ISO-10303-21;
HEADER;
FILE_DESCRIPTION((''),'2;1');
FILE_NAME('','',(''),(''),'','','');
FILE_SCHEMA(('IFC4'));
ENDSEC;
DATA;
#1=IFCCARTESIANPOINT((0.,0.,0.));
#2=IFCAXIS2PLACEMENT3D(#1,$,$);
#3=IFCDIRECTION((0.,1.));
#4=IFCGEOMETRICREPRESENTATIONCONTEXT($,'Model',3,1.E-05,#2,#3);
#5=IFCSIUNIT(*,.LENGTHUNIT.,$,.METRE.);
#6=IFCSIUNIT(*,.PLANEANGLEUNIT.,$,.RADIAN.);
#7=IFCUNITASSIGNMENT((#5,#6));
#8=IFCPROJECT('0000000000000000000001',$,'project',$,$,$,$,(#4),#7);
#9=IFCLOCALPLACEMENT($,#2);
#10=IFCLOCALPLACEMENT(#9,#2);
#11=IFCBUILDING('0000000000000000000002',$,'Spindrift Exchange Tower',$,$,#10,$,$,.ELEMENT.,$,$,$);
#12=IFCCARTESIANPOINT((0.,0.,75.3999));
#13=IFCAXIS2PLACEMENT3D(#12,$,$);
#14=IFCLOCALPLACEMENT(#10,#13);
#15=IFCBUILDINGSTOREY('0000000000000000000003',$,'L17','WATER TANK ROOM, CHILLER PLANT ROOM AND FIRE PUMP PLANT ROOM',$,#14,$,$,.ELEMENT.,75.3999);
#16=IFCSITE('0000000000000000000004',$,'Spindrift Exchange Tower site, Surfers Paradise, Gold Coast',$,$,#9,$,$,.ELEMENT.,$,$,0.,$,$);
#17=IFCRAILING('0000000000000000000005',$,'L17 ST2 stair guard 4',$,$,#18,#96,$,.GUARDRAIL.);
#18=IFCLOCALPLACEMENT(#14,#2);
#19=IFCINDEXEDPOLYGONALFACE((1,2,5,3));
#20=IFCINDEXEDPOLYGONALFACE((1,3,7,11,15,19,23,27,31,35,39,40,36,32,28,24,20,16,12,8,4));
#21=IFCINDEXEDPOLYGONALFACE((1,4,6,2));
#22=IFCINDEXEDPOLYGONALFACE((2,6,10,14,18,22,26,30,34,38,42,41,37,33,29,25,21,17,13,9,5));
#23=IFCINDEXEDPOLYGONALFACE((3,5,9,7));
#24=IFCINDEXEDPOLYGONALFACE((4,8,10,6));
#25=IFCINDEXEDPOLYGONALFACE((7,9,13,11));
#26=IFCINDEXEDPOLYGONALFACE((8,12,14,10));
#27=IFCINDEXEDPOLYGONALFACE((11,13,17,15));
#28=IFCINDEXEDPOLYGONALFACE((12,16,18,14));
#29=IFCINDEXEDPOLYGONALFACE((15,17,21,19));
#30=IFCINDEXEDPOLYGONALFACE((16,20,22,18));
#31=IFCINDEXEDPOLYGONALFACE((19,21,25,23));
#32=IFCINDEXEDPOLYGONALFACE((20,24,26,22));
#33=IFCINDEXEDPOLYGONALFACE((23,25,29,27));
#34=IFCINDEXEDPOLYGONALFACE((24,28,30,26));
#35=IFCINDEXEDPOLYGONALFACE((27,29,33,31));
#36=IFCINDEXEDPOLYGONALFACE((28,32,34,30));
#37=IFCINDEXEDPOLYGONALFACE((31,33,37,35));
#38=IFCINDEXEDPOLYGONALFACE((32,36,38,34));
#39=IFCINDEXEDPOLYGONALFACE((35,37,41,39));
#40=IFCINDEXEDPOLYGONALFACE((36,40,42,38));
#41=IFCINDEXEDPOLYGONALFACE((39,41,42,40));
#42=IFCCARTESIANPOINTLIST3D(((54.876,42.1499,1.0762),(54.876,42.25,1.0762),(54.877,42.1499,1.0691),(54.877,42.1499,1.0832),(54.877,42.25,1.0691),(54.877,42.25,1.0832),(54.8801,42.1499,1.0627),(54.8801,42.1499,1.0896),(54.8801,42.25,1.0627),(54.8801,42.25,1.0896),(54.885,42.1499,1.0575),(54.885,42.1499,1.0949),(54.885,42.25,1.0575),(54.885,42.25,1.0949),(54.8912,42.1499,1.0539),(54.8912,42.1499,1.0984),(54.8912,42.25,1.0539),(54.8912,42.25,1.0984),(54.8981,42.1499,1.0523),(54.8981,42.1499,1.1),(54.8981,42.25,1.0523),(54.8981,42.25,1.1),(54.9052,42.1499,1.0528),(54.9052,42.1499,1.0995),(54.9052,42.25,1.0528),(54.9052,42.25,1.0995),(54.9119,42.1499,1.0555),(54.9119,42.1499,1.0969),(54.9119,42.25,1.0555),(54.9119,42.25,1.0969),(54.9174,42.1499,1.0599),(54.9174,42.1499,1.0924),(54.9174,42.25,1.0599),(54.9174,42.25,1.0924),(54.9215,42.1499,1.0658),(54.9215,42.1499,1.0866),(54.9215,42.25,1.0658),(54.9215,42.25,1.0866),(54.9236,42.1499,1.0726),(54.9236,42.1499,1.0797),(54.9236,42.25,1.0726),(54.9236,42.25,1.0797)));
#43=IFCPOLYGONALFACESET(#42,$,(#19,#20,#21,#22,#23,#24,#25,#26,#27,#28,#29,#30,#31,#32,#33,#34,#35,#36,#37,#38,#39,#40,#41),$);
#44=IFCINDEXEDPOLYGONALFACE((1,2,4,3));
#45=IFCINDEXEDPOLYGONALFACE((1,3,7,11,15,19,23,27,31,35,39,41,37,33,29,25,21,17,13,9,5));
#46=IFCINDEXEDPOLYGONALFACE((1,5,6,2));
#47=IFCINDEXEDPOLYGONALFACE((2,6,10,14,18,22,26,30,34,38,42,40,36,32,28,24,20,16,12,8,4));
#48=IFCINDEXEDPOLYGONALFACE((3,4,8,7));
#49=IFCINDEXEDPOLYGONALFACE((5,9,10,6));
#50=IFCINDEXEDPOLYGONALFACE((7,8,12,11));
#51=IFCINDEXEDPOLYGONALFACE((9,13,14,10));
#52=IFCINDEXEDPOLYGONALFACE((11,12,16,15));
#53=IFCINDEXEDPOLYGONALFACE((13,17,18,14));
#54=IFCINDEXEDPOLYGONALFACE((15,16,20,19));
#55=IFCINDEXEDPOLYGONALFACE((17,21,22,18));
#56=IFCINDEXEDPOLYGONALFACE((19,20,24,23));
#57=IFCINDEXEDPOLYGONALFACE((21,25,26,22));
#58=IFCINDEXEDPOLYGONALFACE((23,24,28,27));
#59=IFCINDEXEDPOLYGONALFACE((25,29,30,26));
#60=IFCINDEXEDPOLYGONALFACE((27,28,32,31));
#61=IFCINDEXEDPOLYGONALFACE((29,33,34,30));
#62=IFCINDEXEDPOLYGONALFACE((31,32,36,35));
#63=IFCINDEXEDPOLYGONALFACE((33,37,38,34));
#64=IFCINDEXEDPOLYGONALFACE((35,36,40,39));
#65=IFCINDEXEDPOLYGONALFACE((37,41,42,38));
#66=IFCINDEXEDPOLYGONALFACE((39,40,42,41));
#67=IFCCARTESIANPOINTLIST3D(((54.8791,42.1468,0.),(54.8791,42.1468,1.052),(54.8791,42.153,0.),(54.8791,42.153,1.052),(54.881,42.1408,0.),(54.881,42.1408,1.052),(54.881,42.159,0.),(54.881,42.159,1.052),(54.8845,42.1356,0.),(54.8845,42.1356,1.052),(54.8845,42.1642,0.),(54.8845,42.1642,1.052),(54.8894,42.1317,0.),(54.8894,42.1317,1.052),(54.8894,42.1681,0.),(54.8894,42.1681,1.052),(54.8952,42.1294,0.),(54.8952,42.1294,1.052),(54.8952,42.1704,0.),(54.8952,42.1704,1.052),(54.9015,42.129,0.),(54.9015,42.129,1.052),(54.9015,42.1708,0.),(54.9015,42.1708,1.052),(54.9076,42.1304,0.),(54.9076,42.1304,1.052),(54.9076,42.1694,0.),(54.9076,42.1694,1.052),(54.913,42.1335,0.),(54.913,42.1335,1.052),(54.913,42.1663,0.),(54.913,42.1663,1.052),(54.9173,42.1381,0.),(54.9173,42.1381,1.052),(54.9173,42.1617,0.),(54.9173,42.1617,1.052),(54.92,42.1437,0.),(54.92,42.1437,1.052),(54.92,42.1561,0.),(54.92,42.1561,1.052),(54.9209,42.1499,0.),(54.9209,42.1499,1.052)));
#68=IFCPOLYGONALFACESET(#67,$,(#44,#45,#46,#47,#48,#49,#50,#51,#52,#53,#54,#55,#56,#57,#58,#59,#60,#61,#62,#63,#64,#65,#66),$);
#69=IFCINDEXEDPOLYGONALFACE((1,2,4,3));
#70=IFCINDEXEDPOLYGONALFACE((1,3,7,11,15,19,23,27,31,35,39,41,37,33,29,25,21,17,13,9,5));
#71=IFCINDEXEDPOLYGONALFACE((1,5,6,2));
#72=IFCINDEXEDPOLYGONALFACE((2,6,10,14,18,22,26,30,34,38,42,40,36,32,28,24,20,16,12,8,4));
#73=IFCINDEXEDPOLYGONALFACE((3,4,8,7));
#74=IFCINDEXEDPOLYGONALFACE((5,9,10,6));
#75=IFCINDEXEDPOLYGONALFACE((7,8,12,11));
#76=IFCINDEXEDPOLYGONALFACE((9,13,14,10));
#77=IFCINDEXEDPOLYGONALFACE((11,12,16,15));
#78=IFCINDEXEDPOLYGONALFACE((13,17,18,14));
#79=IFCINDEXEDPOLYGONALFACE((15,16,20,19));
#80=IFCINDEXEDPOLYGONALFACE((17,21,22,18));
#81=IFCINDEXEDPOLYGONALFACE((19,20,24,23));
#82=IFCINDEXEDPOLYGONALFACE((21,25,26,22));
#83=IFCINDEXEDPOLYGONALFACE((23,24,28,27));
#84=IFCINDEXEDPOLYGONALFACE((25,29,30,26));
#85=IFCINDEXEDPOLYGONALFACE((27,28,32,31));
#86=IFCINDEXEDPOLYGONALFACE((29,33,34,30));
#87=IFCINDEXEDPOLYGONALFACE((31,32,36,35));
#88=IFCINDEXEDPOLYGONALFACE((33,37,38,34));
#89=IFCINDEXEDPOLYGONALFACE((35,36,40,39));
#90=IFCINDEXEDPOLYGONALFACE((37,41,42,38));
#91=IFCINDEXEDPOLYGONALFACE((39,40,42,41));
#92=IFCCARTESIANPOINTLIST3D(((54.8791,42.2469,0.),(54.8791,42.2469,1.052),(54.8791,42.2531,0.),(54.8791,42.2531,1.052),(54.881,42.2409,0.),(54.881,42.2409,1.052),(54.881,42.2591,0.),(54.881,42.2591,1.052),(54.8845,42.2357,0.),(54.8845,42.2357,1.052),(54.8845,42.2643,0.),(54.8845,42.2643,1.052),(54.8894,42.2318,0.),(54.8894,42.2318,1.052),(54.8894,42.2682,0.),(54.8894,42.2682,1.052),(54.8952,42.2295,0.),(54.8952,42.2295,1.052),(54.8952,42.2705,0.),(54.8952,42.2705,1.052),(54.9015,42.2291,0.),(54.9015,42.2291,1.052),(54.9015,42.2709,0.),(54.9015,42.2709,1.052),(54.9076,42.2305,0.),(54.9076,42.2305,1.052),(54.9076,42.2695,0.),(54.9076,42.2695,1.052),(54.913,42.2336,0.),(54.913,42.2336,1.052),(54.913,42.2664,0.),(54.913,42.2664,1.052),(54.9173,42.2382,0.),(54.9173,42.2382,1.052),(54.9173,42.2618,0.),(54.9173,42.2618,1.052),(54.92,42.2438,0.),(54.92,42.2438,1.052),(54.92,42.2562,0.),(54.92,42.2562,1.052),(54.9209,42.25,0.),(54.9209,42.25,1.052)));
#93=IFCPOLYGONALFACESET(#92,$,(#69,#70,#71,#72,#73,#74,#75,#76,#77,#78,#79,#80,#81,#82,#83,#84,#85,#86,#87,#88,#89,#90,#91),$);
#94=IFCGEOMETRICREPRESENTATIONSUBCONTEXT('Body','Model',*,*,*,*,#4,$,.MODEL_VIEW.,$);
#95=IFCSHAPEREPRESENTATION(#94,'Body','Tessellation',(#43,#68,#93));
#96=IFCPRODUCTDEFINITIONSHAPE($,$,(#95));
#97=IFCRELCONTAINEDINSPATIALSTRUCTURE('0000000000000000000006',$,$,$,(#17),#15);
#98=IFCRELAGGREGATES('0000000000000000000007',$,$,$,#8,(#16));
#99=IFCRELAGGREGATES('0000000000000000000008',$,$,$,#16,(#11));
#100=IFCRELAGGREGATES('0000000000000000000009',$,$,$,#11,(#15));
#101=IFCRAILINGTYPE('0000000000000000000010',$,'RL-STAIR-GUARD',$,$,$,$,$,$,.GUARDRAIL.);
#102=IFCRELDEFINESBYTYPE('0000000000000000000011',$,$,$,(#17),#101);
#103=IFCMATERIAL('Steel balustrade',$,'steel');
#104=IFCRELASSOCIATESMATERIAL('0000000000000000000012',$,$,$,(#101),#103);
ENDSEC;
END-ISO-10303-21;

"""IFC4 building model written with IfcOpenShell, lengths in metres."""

from ifc_helpers import new_model, si_unit, direction, frame, origin, origin_2d, place, context, subcontext, project, spatial, circle, extrude, material, type_object, element, save


model = new_model("IFC4")

# Units and contexts
model_context = context("Model", 3, precision=1e-05, world=origin(), true_north=direction((0.0, 1.0)))
body_context = subcontext(model_context, "Body", "Model", "MODEL_VIEW")
ifc_project = project(units=[si_unit("LENGTHUNIT", "METRE"), si_unit("PLANEANGLEUNIT", "RADIAN")], contexts=[model_context])

# Site, building, storey
site_placement = place(None, origin())
site = spatial("IfcSite", under=ifc_project, at=site_placement, Name="Spindrift Exchange Tower site, Surfers Paradise, Gold Coast", CompositionType="ELEMENT", RefElevation=0.0)
building_placement = place(site_placement, origin())
building = spatial("IfcBuilding", under=site, at=building_placement, Name="Spindrift Exchange Tower", CompositionType="ELEMENT")
storey_placement = place(building_placement, frame((0.0, 0.0, 75.3999)))
storey = spatial("IfcBuildingStorey", under=building, at=storey_placement, Name="L17", Description="WATER TANK ROOM, CHILLER PLANT ROOM AND FIRE PUMP PLANT ROOM", CompositionType="ELEMENT", Elevation=75.3999)

# Railing
ifc_material_1 = material(Name="Steel balustrade", Category="steel")
railing_type_1 = type_object("IfcRailingType", Name="RL-STAIR-GUARD", PredefinedType="GUARDRAIL", material=ifc_material_1)
railing_1_placement = place(storey_placement, frame((54.8999, 42.1499, 0.0)))
element("IfcRailing", 1, at=railing_1_placement, inside=storey, type_object=railing_type_1, Name="L17 ST2 stair guard 4", PredefinedType="GUARDRAIL", context=body_context, shape_type="SweptSolid", body=[
    extrude(circle(Radius=0.0239, at=origin_2d()), frame((0.0, 0.0, 1.0762), z_axis=(0.0, 1.0, 0.0), x_axis=(-1.0, 0.0, 0.0)), (0.0, 0.0, 1.0), 0.1001),
    extrude(circle(Radius=0.021, at=origin_2d()), origin(), (0.0, 0.0, 1.0), 1.052),
    extrude(circle(Radius=0.021, at=origin_2d()), frame((0.0, 0.1001, 0.0)), (0.0, 0.0, 1.0), 1.052),
])

save(model, "model.ifc")
